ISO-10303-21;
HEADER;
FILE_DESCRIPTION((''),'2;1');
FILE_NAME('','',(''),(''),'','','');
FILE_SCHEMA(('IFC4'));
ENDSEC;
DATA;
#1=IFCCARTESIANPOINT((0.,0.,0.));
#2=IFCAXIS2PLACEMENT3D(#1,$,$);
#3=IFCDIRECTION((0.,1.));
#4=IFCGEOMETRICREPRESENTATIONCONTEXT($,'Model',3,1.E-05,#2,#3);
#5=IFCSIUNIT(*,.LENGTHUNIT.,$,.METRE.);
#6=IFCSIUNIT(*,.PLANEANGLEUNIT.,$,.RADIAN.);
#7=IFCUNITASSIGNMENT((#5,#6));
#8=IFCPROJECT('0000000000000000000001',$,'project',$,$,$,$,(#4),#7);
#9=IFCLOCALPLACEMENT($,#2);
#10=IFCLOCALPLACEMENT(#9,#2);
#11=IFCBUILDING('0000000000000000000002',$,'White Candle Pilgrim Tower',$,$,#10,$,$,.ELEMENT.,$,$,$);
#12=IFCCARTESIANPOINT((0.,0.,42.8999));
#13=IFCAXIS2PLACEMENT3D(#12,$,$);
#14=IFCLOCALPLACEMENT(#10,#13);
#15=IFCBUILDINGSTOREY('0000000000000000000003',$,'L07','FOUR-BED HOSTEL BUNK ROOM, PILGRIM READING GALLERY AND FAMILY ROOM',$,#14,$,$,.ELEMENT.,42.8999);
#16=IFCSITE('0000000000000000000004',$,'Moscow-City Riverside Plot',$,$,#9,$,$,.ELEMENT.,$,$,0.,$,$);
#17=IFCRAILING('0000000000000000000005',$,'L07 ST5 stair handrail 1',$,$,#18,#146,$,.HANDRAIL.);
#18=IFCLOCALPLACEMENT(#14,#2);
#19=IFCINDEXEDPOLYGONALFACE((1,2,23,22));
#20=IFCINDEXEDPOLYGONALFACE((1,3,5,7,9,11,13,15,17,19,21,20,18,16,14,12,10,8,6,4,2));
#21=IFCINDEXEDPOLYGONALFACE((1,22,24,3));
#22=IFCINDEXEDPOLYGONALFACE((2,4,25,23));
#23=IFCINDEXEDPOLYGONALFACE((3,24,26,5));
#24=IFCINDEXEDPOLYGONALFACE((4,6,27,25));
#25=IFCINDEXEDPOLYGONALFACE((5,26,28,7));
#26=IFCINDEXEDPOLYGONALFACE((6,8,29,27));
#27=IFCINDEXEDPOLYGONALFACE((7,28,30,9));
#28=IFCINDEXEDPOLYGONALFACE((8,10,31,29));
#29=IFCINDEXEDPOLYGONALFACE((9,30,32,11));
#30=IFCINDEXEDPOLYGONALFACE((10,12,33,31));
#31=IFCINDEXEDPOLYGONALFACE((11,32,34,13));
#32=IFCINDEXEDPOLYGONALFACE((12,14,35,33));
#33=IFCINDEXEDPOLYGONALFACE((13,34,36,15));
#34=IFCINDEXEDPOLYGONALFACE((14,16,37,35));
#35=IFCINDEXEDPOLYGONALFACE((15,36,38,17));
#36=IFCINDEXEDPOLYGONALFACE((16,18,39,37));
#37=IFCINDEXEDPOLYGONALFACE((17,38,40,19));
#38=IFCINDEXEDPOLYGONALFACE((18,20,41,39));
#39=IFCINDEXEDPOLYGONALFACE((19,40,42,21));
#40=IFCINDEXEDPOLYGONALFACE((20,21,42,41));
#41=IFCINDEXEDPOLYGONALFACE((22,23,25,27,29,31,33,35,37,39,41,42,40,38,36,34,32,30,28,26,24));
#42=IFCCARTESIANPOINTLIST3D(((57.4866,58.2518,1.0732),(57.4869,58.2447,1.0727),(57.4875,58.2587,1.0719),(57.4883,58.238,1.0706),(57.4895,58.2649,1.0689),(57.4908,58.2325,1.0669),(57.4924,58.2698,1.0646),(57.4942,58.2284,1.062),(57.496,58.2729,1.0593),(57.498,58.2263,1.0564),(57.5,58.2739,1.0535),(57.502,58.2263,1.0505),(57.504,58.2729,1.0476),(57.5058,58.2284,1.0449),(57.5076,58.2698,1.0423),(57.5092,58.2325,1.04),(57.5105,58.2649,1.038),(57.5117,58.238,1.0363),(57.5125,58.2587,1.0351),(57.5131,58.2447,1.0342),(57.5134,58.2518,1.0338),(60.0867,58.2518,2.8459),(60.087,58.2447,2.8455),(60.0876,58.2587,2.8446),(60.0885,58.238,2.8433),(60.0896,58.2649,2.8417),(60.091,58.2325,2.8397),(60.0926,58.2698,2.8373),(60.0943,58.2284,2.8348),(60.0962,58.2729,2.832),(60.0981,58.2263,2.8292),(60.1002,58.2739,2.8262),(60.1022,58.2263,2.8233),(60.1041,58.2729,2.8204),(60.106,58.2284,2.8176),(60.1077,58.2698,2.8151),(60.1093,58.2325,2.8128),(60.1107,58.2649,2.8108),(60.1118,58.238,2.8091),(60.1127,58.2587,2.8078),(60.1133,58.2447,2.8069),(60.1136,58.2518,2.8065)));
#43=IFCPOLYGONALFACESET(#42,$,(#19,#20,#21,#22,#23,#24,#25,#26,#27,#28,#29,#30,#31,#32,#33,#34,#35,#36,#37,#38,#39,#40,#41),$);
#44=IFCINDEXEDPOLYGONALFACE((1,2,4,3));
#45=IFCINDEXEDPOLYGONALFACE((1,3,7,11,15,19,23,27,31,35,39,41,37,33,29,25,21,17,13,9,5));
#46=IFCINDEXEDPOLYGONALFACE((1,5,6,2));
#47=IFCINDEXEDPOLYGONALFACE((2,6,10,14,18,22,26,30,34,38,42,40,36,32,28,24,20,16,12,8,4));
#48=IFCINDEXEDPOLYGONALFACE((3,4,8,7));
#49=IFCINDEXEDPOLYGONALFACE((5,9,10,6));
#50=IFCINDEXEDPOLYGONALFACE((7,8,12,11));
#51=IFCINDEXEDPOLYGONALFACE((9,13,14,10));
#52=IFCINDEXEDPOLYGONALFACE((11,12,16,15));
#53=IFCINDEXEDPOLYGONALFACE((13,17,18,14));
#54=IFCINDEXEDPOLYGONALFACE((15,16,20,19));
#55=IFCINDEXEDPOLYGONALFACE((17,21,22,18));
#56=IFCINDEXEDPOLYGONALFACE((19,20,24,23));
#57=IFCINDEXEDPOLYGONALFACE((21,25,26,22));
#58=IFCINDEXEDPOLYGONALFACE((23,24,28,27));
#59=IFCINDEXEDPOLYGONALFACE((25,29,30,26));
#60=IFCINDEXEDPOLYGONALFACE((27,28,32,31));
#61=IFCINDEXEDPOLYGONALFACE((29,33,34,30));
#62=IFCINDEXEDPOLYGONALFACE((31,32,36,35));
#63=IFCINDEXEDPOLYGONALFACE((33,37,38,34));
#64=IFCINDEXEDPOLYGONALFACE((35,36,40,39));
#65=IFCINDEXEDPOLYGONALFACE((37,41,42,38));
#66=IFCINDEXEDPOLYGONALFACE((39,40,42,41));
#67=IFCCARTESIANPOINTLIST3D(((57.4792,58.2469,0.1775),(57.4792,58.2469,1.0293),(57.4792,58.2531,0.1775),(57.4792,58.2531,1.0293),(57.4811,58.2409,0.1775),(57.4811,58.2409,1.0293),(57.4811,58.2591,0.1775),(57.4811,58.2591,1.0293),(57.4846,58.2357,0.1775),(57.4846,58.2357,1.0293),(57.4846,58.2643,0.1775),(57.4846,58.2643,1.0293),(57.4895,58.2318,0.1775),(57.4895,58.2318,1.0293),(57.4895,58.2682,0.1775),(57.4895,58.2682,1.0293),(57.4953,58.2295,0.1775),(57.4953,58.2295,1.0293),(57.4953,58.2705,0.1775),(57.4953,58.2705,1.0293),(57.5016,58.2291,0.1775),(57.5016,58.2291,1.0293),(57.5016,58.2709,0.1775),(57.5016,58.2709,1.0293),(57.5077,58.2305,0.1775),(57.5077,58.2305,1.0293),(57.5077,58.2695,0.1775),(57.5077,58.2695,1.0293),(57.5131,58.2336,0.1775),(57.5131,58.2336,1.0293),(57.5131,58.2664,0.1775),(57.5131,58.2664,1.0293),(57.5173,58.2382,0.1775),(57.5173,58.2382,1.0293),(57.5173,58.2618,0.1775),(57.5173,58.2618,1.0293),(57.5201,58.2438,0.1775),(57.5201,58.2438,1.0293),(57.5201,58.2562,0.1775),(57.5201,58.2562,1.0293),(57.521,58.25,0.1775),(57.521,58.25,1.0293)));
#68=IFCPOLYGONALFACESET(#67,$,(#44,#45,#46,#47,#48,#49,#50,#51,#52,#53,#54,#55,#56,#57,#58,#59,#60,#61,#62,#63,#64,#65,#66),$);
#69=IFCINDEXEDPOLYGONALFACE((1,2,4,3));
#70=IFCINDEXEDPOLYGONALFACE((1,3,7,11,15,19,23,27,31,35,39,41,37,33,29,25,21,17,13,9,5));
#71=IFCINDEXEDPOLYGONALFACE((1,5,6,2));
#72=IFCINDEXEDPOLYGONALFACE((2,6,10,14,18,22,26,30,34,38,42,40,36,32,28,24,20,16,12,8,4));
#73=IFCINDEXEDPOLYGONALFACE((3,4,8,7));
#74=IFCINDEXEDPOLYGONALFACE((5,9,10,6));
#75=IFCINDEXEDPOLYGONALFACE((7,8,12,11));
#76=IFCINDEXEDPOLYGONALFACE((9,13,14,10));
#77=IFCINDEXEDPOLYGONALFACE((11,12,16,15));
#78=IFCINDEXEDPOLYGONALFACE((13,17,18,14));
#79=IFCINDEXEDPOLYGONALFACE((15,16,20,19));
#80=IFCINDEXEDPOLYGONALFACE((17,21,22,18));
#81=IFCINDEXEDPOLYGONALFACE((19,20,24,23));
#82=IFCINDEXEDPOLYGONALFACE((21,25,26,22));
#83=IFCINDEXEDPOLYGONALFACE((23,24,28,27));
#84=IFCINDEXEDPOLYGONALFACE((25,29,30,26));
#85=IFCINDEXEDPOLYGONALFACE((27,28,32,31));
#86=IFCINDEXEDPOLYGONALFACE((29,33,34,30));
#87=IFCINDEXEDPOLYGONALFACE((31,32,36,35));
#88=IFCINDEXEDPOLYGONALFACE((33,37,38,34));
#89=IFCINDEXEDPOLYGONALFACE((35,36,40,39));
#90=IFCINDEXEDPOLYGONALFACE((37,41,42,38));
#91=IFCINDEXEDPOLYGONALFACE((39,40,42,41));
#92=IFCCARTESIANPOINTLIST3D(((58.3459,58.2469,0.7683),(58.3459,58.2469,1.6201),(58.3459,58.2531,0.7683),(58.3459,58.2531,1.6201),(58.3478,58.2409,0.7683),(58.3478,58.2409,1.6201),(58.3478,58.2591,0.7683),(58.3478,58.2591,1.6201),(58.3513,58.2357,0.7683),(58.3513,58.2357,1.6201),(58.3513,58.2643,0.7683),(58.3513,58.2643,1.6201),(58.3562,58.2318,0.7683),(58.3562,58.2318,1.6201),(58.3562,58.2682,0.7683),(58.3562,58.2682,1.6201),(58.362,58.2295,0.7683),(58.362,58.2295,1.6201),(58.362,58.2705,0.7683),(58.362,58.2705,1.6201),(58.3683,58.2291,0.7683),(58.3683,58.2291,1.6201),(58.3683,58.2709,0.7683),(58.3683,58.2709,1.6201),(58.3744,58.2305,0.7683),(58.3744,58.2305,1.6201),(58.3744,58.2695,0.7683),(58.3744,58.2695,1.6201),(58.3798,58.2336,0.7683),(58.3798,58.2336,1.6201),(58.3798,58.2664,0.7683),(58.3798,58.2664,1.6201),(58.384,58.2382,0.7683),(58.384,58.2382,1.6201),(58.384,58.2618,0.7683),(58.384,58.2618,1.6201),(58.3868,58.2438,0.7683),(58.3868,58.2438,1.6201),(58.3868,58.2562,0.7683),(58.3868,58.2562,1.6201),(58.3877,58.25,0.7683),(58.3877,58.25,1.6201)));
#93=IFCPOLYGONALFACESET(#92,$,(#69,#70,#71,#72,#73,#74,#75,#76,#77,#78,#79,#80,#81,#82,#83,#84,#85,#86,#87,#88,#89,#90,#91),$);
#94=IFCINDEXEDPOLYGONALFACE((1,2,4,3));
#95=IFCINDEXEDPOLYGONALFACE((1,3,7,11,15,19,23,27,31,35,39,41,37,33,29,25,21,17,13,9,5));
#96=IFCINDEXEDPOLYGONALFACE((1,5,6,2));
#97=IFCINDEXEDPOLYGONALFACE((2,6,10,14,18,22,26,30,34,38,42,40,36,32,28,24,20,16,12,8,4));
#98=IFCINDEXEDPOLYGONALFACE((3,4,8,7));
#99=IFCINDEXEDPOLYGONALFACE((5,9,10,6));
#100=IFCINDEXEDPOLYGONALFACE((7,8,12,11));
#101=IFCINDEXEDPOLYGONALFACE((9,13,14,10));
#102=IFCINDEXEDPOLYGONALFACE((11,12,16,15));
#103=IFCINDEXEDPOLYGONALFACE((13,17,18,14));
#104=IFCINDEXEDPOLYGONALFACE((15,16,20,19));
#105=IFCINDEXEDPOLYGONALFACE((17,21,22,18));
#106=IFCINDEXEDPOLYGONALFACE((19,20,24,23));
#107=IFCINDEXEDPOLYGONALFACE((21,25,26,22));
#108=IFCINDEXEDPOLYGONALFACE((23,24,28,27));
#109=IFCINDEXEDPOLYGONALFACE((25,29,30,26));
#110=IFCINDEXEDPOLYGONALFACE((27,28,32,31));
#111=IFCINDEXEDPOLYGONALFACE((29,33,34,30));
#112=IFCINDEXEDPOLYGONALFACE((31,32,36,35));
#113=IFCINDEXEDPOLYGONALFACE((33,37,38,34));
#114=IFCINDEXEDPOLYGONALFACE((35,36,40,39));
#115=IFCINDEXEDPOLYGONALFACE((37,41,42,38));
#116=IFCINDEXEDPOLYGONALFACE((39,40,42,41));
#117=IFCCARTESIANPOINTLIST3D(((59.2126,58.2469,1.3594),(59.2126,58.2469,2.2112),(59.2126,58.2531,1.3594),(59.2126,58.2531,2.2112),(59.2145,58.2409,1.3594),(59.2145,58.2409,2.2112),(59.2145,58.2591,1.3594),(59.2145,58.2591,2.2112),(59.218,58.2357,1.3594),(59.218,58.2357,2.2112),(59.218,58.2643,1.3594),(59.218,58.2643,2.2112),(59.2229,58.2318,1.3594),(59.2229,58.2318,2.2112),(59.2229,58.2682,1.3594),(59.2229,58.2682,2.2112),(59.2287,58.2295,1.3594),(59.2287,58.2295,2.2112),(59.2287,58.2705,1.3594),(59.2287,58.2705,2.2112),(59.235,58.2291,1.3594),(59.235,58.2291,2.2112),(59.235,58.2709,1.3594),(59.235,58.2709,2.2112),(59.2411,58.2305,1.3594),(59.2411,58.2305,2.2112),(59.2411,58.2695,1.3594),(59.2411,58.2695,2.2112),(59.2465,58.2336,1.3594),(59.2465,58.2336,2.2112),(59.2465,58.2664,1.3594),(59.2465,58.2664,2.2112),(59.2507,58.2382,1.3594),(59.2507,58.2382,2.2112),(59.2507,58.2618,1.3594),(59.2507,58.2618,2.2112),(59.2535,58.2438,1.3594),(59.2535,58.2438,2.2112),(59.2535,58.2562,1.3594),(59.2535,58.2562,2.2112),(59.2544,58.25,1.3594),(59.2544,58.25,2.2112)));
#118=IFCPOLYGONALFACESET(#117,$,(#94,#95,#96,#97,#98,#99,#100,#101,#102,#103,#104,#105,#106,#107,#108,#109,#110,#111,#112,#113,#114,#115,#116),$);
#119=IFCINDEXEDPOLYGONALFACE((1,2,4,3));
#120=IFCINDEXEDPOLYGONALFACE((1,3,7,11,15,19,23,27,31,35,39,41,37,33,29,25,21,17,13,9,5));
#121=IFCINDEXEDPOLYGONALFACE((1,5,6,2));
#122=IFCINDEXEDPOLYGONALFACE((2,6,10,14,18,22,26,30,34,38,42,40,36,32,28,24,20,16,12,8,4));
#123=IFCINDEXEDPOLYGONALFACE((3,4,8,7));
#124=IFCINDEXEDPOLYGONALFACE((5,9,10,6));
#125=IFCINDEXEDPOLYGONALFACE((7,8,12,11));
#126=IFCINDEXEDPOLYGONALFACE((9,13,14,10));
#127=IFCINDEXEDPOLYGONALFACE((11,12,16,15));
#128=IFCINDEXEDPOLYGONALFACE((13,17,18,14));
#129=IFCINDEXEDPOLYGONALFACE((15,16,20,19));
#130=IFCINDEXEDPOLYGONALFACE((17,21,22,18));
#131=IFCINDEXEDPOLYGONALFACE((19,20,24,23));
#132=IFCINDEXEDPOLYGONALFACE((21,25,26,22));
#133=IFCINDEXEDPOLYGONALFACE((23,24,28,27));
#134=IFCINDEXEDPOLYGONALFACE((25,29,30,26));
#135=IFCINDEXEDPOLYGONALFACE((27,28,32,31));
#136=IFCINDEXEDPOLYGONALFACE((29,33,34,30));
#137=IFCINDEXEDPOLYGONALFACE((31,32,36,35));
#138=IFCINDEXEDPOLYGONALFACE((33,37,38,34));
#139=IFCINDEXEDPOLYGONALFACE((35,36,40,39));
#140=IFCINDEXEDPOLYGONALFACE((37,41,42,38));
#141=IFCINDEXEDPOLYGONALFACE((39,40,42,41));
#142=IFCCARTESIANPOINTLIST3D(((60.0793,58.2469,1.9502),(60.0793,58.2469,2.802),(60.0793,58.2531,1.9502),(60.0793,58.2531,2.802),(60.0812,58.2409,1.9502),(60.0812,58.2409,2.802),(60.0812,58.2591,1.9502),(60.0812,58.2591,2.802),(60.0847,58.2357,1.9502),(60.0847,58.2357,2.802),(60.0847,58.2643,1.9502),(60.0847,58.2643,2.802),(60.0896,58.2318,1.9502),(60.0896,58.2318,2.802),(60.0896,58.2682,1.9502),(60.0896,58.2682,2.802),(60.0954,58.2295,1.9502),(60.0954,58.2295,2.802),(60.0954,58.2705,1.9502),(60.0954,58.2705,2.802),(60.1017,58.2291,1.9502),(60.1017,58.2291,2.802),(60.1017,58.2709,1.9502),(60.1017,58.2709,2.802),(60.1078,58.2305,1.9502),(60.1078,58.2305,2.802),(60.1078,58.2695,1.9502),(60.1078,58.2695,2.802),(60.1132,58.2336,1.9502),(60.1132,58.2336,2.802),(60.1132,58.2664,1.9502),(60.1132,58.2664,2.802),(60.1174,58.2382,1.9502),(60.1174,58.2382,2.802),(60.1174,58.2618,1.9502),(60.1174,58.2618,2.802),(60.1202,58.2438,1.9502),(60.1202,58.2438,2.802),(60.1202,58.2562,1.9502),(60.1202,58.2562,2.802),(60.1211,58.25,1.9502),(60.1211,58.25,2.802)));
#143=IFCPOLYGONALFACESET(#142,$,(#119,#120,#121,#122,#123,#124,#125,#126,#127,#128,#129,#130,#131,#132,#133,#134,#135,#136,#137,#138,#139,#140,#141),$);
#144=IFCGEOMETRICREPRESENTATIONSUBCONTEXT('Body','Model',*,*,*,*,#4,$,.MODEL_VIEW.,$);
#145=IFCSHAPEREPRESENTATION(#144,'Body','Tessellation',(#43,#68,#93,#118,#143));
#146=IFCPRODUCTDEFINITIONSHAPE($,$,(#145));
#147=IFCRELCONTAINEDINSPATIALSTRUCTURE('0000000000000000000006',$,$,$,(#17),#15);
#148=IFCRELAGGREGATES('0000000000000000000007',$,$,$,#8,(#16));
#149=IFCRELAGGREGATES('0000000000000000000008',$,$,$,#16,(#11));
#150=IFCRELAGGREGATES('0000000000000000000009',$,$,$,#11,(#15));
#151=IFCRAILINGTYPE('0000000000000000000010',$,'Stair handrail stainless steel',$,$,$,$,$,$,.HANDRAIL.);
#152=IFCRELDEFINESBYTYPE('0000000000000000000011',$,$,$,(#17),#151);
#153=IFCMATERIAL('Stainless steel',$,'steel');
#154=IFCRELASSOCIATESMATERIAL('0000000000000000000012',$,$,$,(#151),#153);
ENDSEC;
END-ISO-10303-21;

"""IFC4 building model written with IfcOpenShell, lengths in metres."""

from ifc_helpers import new_model, si_unit, direction, frame, origin, origin_2d, place, context, subcontext, project, spatial, circle, extrude, material, type_object, element, save


model = new_model("IFC4")

# Units and contexts
model_context = context("Model", 3, precision=1e-05, world=origin(), true_north=direction((0.0, 1.0)))
body_context = subcontext(model_context, "Body", "Model", "MODEL_VIEW")
ifc_project = project(units=[si_unit("LENGTHUNIT", "METRE"), si_unit("PLANEANGLEUNIT", "RADIAN")], contexts=[model_context])

# Site, building, storey
site_placement = place(None, origin())
site = spatial("IfcSite", under=ifc_project, at=site_placement, Name="Moscow-City Riverside Plot", CompositionType="ELEMENT", RefElevation=0.0)
building_placement = place(site_placement, origin())
building = spatial("IfcBuilding", under=site, at=building_placement, Name="White Candle Pilgrim Tower", CompositionType="ELEMENT")
storey_placement = place(building_placement, frame((0.0, 0.0, 42.8999)))
storey = spatial("IfcBuildingStorey", under=building, at=storey_placement, Name="L07", Description="FOUR-BED HOSTEL BUNK ROOM, PILGRIM READING GALLERY AND FAMILY ROOM", CompositionType="ELEMENT", Elevation=42.8999)

# Railing
ifc_material_1 = material(Name="Stainless steel", Category="steel")
railing_type_1 = type_object("IfcRailingType", Name="Stair handrail stainless steel", PredefinedType="HANDRAIL", material=ifc_material_1)
railing_1_placement = place(storey_placement, frame((57.5, 58.25, 0.1775)))
element("IfcRailing", 1, at=railing_1_placement, inside=storey, type_object=railing_type_1, Name="L07 ST5 stair handrail 1", PredefinedType="HANDRAIL", context=body_context, shape_type="SweptSolid", body=[
    extrude(circle(Radius=0.0239, at=origin_2d()), frame((0.0, 0.0, 0.876), z_axis=(0.82624, 0.0, 0.563318), x_axis=(0.0, 1.0, 0.0)), (0.0, 0.0, 1.0), 3.147),
    extrude(circle(Radius=0.021, at=origin_2d()), origin(), (0.0, 0.0, 1.0), 0.8518),
    extrude(circle(Radius=0.021, at=origin_2d()), frame((0.8667, 0.0, 0.5908)), (0.0, 0.0, 1.0), 0.8518),
    extrude(circle(Radius=0.021, at=origin_2d()), frame((1.7334, 0.0, 1.1819)), (0.0, 0.0, 1.0), 0.8518),
    extrude(circle(Radius=0.021, at=origin_2d()), frame((2.6001, 0.0, 1.7727)), (0.0, 0.0, 1.0), 0.8518),
])

save(model, "model.ifc")
